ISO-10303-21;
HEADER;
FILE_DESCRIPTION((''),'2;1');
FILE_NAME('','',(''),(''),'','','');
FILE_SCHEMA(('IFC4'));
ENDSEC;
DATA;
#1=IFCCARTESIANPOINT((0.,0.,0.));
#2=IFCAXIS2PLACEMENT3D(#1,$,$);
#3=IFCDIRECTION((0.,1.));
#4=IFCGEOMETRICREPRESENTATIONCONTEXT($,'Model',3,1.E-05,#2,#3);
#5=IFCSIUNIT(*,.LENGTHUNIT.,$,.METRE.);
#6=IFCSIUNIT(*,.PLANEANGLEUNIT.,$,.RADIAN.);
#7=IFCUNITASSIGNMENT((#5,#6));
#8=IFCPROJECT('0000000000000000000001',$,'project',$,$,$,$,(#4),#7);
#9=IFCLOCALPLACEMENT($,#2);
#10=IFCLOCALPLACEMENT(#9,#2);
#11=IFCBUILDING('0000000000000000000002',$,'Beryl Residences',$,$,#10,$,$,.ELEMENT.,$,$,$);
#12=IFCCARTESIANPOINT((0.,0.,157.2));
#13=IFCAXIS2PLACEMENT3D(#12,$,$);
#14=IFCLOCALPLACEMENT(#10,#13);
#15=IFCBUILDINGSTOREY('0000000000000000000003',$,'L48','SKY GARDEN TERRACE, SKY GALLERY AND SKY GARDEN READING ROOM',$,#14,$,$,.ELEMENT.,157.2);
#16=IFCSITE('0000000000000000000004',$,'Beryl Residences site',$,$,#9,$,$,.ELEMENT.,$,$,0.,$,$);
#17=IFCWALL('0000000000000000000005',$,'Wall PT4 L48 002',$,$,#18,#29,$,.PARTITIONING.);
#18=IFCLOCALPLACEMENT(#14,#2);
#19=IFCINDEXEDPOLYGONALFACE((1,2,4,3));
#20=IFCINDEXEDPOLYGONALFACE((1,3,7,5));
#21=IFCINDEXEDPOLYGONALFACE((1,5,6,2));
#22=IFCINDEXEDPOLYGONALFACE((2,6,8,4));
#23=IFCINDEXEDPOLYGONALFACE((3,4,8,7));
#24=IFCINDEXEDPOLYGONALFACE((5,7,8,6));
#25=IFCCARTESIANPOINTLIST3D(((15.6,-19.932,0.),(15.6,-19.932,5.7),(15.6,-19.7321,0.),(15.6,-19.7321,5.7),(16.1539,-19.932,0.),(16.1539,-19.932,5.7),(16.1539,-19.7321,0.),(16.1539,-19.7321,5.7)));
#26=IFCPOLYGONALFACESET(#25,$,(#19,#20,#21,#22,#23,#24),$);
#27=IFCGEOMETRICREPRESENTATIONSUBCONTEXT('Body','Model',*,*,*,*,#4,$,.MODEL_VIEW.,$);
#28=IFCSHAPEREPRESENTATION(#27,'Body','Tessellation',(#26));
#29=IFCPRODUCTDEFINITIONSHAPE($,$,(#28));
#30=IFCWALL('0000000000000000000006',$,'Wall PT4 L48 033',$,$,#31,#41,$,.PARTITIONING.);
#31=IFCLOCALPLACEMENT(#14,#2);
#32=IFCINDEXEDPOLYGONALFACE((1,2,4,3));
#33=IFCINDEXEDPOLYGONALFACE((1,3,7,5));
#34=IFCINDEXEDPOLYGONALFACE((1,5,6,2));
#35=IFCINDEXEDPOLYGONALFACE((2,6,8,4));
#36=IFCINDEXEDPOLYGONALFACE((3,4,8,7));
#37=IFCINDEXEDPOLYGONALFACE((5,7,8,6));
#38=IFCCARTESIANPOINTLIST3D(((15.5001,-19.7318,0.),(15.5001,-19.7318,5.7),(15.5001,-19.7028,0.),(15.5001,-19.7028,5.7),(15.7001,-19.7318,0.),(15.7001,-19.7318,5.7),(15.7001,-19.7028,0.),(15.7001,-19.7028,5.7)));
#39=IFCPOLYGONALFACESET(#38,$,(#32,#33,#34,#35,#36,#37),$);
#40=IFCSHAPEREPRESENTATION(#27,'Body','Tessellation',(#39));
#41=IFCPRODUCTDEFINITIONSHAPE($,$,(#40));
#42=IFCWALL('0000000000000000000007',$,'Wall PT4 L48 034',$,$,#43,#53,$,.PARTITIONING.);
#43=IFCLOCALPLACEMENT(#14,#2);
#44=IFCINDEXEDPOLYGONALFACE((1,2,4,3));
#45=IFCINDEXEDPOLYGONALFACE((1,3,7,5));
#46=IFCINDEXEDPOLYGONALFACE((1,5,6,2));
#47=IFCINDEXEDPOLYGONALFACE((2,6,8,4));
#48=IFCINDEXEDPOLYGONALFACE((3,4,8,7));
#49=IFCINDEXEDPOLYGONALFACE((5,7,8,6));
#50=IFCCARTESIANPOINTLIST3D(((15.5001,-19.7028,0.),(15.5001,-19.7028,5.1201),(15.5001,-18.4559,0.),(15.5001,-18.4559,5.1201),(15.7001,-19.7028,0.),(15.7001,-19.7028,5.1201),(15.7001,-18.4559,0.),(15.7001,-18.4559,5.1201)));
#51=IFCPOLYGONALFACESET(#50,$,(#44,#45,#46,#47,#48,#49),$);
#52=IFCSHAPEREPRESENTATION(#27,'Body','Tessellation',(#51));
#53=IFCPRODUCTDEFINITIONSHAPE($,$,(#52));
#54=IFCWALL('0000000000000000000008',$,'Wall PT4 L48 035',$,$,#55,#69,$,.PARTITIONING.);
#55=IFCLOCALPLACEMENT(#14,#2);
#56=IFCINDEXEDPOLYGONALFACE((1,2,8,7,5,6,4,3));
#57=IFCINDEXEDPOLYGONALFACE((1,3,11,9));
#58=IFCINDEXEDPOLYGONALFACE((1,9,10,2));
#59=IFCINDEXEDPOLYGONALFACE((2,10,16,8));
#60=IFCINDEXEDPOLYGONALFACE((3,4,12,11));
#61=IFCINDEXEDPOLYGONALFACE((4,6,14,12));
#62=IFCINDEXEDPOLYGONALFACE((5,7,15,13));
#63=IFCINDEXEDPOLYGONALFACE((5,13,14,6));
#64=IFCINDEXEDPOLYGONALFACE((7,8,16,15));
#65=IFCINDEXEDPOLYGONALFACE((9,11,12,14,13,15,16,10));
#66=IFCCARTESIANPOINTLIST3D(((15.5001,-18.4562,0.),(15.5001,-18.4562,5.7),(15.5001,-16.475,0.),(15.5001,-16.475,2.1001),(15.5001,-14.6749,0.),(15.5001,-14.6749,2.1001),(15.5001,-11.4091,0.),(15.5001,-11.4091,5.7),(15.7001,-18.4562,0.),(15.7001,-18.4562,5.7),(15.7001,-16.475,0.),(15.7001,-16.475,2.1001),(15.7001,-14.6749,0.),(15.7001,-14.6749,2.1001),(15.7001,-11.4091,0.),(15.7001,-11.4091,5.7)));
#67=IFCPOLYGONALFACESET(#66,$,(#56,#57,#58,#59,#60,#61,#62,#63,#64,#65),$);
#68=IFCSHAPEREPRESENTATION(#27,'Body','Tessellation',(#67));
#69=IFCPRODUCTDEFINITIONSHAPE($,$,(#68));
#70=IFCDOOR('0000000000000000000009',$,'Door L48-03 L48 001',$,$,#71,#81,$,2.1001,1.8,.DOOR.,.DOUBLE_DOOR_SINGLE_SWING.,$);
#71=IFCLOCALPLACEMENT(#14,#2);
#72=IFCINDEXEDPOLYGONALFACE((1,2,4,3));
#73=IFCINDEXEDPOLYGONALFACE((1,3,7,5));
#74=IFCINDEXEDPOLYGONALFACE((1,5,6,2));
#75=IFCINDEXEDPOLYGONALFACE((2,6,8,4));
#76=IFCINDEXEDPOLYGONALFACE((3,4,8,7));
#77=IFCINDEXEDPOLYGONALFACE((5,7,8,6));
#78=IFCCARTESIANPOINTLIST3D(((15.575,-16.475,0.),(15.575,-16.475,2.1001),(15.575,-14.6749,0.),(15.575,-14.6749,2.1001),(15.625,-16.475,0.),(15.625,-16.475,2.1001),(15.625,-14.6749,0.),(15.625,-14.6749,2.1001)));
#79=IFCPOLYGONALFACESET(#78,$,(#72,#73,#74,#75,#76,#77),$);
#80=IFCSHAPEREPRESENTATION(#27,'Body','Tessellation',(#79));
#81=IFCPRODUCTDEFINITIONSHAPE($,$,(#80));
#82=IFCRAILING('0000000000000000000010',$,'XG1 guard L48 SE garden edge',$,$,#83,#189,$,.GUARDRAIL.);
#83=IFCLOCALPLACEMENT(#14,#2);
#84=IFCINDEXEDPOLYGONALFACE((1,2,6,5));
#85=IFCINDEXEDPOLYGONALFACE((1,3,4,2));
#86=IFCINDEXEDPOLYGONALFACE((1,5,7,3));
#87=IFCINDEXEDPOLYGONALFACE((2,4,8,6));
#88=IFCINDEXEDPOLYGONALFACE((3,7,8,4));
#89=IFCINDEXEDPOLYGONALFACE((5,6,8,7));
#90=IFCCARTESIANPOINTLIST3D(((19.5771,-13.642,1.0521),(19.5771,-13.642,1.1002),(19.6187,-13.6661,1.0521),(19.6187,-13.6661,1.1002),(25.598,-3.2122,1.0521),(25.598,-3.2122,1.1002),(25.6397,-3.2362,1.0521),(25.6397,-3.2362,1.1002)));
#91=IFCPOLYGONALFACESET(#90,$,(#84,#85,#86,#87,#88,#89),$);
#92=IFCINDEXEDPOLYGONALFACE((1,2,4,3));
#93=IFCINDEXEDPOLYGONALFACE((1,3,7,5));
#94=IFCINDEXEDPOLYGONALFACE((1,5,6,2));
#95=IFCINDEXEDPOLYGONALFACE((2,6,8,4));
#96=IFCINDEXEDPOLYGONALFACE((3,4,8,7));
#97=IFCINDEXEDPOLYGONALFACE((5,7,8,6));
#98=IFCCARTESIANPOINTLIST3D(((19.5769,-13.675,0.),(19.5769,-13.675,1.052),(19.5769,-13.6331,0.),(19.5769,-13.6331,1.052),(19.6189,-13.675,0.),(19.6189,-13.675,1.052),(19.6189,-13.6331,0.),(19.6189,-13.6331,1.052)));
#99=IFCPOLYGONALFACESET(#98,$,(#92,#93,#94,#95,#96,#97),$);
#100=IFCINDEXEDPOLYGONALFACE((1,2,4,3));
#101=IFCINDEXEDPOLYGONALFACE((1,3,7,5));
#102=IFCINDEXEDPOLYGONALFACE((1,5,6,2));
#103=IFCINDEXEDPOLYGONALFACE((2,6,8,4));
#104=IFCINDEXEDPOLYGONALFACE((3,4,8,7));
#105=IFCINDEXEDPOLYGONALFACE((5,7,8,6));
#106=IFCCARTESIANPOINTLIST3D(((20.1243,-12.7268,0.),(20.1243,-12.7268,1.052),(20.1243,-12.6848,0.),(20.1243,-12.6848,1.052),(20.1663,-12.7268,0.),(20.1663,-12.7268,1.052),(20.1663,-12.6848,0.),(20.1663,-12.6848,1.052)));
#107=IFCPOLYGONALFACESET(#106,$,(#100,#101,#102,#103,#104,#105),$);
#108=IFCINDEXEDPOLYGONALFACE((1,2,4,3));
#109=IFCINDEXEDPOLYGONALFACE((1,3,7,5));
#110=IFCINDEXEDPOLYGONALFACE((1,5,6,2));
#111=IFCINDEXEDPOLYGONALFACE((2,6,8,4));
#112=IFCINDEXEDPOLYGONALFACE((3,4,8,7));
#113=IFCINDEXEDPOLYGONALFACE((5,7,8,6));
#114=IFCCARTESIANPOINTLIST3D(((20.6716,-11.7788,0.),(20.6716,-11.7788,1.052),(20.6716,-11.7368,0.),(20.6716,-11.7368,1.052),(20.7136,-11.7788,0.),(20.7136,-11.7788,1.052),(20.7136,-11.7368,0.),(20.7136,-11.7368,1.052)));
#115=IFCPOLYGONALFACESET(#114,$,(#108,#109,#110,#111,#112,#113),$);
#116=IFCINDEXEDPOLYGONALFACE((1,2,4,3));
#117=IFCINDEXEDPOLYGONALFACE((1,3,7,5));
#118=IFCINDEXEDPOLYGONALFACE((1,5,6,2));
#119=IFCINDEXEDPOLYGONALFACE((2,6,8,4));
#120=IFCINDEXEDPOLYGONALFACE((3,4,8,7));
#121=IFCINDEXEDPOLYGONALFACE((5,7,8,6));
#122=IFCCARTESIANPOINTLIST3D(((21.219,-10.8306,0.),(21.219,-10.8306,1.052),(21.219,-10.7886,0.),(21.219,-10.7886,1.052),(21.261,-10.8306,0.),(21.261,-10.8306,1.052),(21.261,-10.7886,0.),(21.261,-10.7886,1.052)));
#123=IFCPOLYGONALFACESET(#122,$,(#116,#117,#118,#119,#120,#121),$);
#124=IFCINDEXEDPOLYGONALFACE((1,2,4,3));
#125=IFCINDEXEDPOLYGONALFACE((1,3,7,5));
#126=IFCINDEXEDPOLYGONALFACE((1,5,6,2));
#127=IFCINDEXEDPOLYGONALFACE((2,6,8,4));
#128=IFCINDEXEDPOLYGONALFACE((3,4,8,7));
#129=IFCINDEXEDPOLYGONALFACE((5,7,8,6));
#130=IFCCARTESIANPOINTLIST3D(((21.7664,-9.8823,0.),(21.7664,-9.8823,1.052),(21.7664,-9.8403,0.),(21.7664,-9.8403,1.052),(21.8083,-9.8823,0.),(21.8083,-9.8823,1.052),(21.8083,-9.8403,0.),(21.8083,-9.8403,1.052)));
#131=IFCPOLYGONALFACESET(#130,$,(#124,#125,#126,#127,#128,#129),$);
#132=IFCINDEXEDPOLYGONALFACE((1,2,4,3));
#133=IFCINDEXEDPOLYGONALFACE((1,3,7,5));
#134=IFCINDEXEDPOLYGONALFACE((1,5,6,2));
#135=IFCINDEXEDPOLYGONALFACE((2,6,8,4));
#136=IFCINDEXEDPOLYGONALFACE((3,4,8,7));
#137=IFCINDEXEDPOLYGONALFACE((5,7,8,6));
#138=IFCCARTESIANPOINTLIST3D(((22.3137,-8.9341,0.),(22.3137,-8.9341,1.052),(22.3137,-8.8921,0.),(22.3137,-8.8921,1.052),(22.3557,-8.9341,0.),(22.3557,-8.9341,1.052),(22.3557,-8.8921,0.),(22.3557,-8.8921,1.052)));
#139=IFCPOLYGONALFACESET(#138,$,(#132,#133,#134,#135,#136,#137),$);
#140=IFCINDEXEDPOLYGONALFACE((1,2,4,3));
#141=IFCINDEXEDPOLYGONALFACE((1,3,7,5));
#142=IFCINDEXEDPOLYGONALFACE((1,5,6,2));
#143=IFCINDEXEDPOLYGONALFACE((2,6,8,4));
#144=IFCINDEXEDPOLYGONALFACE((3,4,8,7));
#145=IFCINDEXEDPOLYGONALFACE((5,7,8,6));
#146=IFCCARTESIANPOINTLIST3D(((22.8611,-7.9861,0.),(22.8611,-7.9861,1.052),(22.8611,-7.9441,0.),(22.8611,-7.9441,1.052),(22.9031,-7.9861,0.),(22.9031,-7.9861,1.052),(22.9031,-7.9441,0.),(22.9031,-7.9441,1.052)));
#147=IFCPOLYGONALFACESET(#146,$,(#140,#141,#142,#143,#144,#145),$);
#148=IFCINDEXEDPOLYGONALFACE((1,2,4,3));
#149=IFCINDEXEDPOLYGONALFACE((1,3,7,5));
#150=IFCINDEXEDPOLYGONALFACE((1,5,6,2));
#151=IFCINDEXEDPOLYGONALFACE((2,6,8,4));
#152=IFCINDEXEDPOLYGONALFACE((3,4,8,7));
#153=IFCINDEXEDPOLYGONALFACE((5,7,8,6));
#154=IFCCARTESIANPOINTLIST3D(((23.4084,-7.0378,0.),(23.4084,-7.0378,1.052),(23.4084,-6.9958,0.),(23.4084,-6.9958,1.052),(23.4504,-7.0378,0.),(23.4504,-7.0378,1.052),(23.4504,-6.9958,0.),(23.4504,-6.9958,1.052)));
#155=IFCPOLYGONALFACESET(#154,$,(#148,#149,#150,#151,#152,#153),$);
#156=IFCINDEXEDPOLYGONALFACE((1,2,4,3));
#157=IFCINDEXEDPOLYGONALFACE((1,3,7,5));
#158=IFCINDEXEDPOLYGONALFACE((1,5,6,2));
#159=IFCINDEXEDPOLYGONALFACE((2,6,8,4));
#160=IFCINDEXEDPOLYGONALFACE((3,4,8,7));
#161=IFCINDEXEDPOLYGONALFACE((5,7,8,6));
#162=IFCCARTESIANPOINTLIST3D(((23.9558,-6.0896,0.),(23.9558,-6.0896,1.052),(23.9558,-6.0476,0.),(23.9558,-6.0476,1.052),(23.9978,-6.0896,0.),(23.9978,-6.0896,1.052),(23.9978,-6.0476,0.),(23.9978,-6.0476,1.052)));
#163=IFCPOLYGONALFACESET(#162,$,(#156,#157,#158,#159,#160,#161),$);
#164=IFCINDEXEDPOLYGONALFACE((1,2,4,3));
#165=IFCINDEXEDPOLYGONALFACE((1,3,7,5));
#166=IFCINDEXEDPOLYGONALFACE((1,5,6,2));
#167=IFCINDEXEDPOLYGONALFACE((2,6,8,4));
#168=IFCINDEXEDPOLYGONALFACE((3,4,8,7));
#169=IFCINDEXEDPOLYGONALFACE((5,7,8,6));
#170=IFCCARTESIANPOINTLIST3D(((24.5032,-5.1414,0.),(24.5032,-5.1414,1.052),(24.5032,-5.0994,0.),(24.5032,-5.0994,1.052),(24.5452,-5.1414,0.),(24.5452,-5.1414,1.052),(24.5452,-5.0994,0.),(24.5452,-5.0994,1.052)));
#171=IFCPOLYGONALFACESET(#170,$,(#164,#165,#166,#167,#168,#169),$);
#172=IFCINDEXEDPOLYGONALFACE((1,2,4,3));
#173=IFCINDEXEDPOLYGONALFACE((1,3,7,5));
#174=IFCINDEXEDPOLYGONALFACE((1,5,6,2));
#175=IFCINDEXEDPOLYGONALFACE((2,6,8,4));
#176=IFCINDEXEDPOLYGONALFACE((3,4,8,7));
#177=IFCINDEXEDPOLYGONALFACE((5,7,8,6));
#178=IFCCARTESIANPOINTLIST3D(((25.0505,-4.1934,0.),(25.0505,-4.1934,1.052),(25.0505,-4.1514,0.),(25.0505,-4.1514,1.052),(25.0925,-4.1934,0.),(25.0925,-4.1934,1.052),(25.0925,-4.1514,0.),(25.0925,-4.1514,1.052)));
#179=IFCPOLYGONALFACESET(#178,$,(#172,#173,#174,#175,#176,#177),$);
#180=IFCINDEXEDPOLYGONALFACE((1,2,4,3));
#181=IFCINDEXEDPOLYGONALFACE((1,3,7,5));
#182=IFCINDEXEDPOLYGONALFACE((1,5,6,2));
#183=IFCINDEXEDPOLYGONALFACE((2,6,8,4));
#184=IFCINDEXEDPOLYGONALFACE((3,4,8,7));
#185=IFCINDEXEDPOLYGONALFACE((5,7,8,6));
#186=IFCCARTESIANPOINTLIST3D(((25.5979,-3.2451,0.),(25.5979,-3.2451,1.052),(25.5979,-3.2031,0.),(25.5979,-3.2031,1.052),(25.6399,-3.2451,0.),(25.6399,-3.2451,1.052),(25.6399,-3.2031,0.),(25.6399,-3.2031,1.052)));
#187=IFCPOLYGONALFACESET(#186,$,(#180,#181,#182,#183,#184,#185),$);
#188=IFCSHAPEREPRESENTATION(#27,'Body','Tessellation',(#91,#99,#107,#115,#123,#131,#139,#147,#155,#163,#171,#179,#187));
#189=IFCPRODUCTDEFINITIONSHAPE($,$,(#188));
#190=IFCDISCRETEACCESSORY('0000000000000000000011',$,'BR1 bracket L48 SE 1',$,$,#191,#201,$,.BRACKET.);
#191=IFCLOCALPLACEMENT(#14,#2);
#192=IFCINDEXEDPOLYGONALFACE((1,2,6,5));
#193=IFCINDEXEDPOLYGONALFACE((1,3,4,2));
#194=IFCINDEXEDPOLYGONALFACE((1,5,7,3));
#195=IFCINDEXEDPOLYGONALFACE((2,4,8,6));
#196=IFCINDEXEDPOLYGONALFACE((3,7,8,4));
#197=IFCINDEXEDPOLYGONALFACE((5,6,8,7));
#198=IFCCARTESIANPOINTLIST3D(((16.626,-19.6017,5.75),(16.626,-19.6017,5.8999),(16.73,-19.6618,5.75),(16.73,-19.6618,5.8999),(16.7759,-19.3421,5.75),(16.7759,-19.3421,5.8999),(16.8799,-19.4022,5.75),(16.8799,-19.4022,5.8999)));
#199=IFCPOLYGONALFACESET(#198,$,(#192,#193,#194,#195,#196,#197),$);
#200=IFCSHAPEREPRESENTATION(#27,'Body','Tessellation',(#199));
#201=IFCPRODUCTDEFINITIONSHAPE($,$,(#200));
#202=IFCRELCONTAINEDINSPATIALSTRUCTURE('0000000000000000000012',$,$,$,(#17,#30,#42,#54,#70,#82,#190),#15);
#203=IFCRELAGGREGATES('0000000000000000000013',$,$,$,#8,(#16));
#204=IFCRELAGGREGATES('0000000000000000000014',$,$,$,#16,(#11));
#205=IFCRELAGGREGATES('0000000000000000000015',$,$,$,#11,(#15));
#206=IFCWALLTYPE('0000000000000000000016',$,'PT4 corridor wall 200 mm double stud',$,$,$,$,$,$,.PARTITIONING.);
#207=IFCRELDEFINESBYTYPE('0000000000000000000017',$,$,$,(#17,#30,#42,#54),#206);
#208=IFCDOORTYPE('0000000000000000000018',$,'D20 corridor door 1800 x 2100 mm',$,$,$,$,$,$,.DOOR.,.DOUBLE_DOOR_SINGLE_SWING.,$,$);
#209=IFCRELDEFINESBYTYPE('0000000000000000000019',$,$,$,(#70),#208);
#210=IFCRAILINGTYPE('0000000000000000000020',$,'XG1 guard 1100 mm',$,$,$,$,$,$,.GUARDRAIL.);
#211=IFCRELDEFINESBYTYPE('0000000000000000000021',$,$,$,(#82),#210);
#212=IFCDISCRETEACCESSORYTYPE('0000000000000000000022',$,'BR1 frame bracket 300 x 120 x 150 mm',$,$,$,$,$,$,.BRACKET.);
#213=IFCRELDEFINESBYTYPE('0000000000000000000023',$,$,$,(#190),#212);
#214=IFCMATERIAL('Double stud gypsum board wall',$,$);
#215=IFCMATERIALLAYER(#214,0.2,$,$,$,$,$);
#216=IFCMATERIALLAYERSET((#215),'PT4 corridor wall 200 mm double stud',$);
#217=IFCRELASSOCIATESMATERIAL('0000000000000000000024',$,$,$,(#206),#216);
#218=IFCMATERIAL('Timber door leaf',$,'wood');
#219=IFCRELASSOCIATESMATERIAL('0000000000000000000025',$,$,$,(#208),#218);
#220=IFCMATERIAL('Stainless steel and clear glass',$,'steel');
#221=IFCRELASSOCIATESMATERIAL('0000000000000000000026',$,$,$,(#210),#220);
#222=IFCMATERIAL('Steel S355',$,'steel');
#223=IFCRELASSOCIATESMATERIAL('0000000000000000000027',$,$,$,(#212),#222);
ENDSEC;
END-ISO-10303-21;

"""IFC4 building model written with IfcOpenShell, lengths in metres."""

from ifc_helpers import new_model, si_unit, direction, frame, frame_2d, origin, origin_2d, place, context, subcontext, project, spatial, polyline, rectangle, outline, extrude, source, transform, mapped, material, layer, layer_set, type_object, type_shapes, element, fill, save


model = new_model("IFC4")

# Units and contexts
model_context = context("Model", 3, precision=1e-05, world=origin(), true_north=direction((0.0, 1.0)))
body_context = subcontext(model_context, "Body", "Model", "MODEL_VIEW")
ifc_project = project(units=[si_unit("LENGTHUNIT", "METRE"), si_unit("PLANEANGLEUNIT", "RADIAN")], contexts=[model_context])

# Site, building, storey
site_placement = place(None, origin())
site = spatial("IfcSite", under=ifc_project, at=site_placement, Name="Beryl Residences site", CompositionType="ELEMENT", RefElevation=0.0)
building_placement = place(site_placement, origin())
building = spatial("IfcBuilding", under=site, at=building_placement, Name="Beryl Residences", CompositionType="ELEMENT")
storey_placement = place(building_placement, frame((0.0, 0.0, 157.2)))
storey = spatial("IfcBuildingStorey", under=building, at=storey_placement, Name="L48", Description="SKY GARDEN TERRACE, SKY GALLERY AND SKY GARDEN READING ROOM", CompositionType="ELEMENT", Elevation=157.2)

# Walls
ifc_material_1 = material(Name="Double stud gypsum board wall")
ifc_layer_1 = layer(ifc_material_1, 0.2)
ifc_layer_set_1 = layer_set([ifc_layer_1], Name="PT4 corridor wall 200 mm double stud")
wall_type_1 = type_object("IfcWallType", Name="PT4 corridor wall 200 mm double stud", PredefinedType="PARTITIONING", material=ifc_layer_set_1)
wall_1_placement = place(storey_placement, frame((15.6001, -19.832, 0.0), z_axis=(0.0, 0.0, 1.0), x_axis=(1.0, 0.0, 0.0)))
element("IfcWall", 1, at=wall_1_placement, inside=storey, type_object=wall_type_1, Name="Wall PT4 L48 002", PredefinedType="PARTITIONING", context=body_context, shape_type="SweptSolid", body=[
    extrude(rectangle(XDim=0.554, YDim=0.2, at=frame_2d((0.2769, 0.0))), origin(), (0.0, 0.0, 1.0), 5.7),
])
wall_2_placement = place(storey_placement, frame((15.6001, -19.7319, 0.0), z_axis=(0.0, 0.0, 1.0), x_axis=(0.0, 1.0, 0.0)))
element("IfcWall", 2, at=wall_2_placement, inside=storey, type_object=wall_type_1, Name="Wall PT4 L48 033", PredefinedType="PARTITIONING", context=body_context, shape_type="SweptSolid", body=[
    extrude(rectangle(XDim=0.0291, YDim=0.2, at=frame_2d((0.0146, 0.0))), origin(), (0.0, 0.0, 1.0), 5.7),
])
wall_3_placement = place(storey_placement, frame((15.6001, -19.7029, 0.0), z_axis=(0.0, 0.0, 1.0), x_axis=(0.0, 1.0, 0.0)))
element("IfcWall", 3, at=wall_3_placement, inside=storey, type_object=wall_type_1, Name="Wall PT4 L48 034", PredefinedType="PARTITIONING", context=body_context, shape_type="SweptSolid", body=[
    extrude(rectangle(XDim=1.2468, YDim=0.2, at=frame_2d((0.6235, 0.0))), origin(), (0.0, 0.0, 1.0), 5.1201),
])

# Wall, opening, door
wall_4_placement = place(storey_placement, frame((15.6001, -18.4561, 0.0), z_axis=(0.0, 0.0, 1.0), x_axis=(0.0, 1.0, 0.0)))
wall_4 = element("IfcWall", 4, at=wall_4_placement, inside=storey, type_object=wall_type_1, Name="Wall PT4 L48 035", PredefinedType="PARTITIONING", context=body_context, shape_type="SweptSolid", body=[
    extrude(rectangle(XDim=7.0471, YDim=0.2, at=frame_2d((3.5234, 0.0))), origin(), (0.0, 0.0, 1.0), 5.7),
])
opening_placement = place(wall_4_placement, frame((3.781, 0.0, 0.0), z_axis=(0.0, 0.0, 1.0), x_axis=(-1.0, 0.0, 0.0)))
opening = element("IfcOpeningElement", 5, at=opening_placement, cuts=wall_4, PredefinedType="OPENING", context=body_context, shape_type="SweptSolid", body=[
    extrude(rectangle(XDim=1.8, YDim=2.1001, at=frame_2d((0.8999, 1.05))), frame((0.0, 0.1099, 0.0), z_axis=(0.0, -1.0, 0.0), x_axis=(1.0, 0.0, 0.0)), (0.0, 0.0, 1.0), 0.22),
])
ifc_material_2 = material(Name="Timber door leaf", Category="wood")
door_type = type_object("IfcDoorType", Name="D20 corridor door 1800 x 2100 mm", OperationType="DOUBLE_DOOR_SINGLE_SWING", PredefinedType="DOOR", material=ifc_material_2)
door_placement = place(opening_placement, origin())
door = element("IfcDoor", 6, at=door_placement, inside=storey, type_object=door_type, Name="Door L48-03 L48 001", OperationType="DOUBLE_DOOR_SINGLE_SWING", OverallHeight=2.1001, OverallWidth=1.8, PredefinedType="DOOR", context=body_context, shape_type="SweptSolid", body=[
    extrude(rectangle(XDim=1.8, YDim=2.1001, at=frame_2d((0.8999, 1.05))), frame((0.0, 0.0249, 0.0), z_axis=(0.0, -1.0, 0.0), x_axis=(1.0, 0.0, 0.0)), (0.0, 0.0, 1.0), 0.05),
])
fill(opening, door)

# Railing
ifc_material_3 = material(Name="Stainless steel and clear glass", Category="steel")
railing_type = type_object("IfcRailingType", Name="XG1 guard 1100 mm", PredefinedType="GUARDRAIL", material=ifc_material_3)
railing_placement = place(storey_placement, frame((19.5979, -13.6541, 0.0)))
element("IfcRailing", 7, at=railing_placement, inside=storey, type_object=railing_type, Name="XG1 guard L48 SE garden edge", PredefinedType="GUARDRAIL", context=body_context, shape_type="SweptSolid", body=[
    extrude(rectangle(XDim=0.0481, YDim=0.0481, at=origin_2d()), frame((0.0, 0.0, 1.0762), z_axis=(0.499955, 0.866052, 0.0), x_axis=(-0.866052, 0.499955, 0.0)), (0.0, 0.0, 1.0), 12.043),
    extrude(rectangle(XDim=0.042, YDim=0.042, at=origin_2d()), origin(), (0.0, 0.0, 1.0), 1.052),
    extrude(rectangle(XDim=0.042, YDim=0.042, at=origin_2d()), frame((0.5474, 0.9482, 0.0)), (0.0, 0.0, 1.0), 1.052),
    extrude(rectangle(XDim=0.042, YDim=0.042, at=origin_2d()), frame((1.0947, 1.8962, 0.0)), (0.0, 0.0, 1.0), 1.052),
    extrude(rectangle(XDim=0.042, YDim=0.042, at=origin_2d()), frame((1.6421, 2.8445, 0.0)), (0.0, 0.0, 1.0), 1.052),
    extrude(rectangle(XDim=0.042, YDim=0.042, at=origin_2d()), frame((2.1895, 3.7927, 0.0)), (0.0, 0.0, 1.0), 1.052),
    extrude(rectangle(XDim=0.042, YDim=0.042, at=origin_2d()), frame((2.7368, 4.741, 0.0)), (0.0, 0.0, 1.0), 1.052),
    extrude(rectangle(XDim=0.042, YDim=0.042, at=origin_2d()), frame((3.2842, 5.689, 0.0)), (0.0, 0.0, 1.0), 1.052),
    extrude(rectangle(XDim=0.042, YDim=0.042, at=origin_2d()), frame((3.8315, 6.6372, 0.0)), (0.0, 0.0, 1.0), 1.052),
    extrude(rectangle(XDim=0.042, YDim=0.042, at=origin_2d()), frame((4.3789, 7.5854, 0.0)), (0.0, 0.0, 1.0), 1.052),
    extrude(rectangle(XDim=0.042, YDim=0.042, at=origin_2d()), frame((4.9263, 8.5337, 0.0)), (0.0, 0.0, 1.0), 1.052),
    extrude(rectangle(XDim=0.042, YDim=0.042, at=origin_2d()), frame((5.4736, 9.4817, 0.0)), (0.0, 0.0, 1.0), 1.052),
    extrude(rectangle(XDim=0.042, YDim=0.042, at=origin_2d()), frame((6.021, 10.4299, 0.0)), (0.0, 0.0, 1.0), 1.052),
])

# Discrete accessory
ifc_material_4 = material(Name="Steel S355", Category="steel")
discrete_accessory_type = type_object("IfcDiscreteAccessoryType", Name="BR1 frame bracket 300 x 120 x 150 mm", PredefinedType="BRACKET", material=ifc_material_4)
shared_shape_1 = source(origin(), body_context, "Body", "SweptSolid", [
    extrude(outline(polyline([(-0.1499, 0.0), (0.1499, 0.0), (0.1499, 0.1201), (-0.1499, 0.1201), (-0.1499, 0.0)])), origin(), (0.0, 0.0, 1.0), 0.1499),
])
type_shapes(discrete_accessory_type, [shared_shape_1])
discrete_accessory_placement = place(storey_placement, frame((16.7009, -19.4719, 5.75), z_axis=(0.0, 0.0, 1.0), x_axis=(-0.5, -0.866025, 0.0)))
element("IfcDiscreteAccessory", 8, at=discrete_accessory_placement, inside=storey, type_object=discrete_accessory_type, Name="BR1 bracket L48 SE 1", PredefinedType="BRACKET", context=body_context, shape_type="MappedRepresentation", body=[
    mapped(shared_shape_1, transform((0.0, 0.0, 0.0))),
])

save(model, "model.ifc")
